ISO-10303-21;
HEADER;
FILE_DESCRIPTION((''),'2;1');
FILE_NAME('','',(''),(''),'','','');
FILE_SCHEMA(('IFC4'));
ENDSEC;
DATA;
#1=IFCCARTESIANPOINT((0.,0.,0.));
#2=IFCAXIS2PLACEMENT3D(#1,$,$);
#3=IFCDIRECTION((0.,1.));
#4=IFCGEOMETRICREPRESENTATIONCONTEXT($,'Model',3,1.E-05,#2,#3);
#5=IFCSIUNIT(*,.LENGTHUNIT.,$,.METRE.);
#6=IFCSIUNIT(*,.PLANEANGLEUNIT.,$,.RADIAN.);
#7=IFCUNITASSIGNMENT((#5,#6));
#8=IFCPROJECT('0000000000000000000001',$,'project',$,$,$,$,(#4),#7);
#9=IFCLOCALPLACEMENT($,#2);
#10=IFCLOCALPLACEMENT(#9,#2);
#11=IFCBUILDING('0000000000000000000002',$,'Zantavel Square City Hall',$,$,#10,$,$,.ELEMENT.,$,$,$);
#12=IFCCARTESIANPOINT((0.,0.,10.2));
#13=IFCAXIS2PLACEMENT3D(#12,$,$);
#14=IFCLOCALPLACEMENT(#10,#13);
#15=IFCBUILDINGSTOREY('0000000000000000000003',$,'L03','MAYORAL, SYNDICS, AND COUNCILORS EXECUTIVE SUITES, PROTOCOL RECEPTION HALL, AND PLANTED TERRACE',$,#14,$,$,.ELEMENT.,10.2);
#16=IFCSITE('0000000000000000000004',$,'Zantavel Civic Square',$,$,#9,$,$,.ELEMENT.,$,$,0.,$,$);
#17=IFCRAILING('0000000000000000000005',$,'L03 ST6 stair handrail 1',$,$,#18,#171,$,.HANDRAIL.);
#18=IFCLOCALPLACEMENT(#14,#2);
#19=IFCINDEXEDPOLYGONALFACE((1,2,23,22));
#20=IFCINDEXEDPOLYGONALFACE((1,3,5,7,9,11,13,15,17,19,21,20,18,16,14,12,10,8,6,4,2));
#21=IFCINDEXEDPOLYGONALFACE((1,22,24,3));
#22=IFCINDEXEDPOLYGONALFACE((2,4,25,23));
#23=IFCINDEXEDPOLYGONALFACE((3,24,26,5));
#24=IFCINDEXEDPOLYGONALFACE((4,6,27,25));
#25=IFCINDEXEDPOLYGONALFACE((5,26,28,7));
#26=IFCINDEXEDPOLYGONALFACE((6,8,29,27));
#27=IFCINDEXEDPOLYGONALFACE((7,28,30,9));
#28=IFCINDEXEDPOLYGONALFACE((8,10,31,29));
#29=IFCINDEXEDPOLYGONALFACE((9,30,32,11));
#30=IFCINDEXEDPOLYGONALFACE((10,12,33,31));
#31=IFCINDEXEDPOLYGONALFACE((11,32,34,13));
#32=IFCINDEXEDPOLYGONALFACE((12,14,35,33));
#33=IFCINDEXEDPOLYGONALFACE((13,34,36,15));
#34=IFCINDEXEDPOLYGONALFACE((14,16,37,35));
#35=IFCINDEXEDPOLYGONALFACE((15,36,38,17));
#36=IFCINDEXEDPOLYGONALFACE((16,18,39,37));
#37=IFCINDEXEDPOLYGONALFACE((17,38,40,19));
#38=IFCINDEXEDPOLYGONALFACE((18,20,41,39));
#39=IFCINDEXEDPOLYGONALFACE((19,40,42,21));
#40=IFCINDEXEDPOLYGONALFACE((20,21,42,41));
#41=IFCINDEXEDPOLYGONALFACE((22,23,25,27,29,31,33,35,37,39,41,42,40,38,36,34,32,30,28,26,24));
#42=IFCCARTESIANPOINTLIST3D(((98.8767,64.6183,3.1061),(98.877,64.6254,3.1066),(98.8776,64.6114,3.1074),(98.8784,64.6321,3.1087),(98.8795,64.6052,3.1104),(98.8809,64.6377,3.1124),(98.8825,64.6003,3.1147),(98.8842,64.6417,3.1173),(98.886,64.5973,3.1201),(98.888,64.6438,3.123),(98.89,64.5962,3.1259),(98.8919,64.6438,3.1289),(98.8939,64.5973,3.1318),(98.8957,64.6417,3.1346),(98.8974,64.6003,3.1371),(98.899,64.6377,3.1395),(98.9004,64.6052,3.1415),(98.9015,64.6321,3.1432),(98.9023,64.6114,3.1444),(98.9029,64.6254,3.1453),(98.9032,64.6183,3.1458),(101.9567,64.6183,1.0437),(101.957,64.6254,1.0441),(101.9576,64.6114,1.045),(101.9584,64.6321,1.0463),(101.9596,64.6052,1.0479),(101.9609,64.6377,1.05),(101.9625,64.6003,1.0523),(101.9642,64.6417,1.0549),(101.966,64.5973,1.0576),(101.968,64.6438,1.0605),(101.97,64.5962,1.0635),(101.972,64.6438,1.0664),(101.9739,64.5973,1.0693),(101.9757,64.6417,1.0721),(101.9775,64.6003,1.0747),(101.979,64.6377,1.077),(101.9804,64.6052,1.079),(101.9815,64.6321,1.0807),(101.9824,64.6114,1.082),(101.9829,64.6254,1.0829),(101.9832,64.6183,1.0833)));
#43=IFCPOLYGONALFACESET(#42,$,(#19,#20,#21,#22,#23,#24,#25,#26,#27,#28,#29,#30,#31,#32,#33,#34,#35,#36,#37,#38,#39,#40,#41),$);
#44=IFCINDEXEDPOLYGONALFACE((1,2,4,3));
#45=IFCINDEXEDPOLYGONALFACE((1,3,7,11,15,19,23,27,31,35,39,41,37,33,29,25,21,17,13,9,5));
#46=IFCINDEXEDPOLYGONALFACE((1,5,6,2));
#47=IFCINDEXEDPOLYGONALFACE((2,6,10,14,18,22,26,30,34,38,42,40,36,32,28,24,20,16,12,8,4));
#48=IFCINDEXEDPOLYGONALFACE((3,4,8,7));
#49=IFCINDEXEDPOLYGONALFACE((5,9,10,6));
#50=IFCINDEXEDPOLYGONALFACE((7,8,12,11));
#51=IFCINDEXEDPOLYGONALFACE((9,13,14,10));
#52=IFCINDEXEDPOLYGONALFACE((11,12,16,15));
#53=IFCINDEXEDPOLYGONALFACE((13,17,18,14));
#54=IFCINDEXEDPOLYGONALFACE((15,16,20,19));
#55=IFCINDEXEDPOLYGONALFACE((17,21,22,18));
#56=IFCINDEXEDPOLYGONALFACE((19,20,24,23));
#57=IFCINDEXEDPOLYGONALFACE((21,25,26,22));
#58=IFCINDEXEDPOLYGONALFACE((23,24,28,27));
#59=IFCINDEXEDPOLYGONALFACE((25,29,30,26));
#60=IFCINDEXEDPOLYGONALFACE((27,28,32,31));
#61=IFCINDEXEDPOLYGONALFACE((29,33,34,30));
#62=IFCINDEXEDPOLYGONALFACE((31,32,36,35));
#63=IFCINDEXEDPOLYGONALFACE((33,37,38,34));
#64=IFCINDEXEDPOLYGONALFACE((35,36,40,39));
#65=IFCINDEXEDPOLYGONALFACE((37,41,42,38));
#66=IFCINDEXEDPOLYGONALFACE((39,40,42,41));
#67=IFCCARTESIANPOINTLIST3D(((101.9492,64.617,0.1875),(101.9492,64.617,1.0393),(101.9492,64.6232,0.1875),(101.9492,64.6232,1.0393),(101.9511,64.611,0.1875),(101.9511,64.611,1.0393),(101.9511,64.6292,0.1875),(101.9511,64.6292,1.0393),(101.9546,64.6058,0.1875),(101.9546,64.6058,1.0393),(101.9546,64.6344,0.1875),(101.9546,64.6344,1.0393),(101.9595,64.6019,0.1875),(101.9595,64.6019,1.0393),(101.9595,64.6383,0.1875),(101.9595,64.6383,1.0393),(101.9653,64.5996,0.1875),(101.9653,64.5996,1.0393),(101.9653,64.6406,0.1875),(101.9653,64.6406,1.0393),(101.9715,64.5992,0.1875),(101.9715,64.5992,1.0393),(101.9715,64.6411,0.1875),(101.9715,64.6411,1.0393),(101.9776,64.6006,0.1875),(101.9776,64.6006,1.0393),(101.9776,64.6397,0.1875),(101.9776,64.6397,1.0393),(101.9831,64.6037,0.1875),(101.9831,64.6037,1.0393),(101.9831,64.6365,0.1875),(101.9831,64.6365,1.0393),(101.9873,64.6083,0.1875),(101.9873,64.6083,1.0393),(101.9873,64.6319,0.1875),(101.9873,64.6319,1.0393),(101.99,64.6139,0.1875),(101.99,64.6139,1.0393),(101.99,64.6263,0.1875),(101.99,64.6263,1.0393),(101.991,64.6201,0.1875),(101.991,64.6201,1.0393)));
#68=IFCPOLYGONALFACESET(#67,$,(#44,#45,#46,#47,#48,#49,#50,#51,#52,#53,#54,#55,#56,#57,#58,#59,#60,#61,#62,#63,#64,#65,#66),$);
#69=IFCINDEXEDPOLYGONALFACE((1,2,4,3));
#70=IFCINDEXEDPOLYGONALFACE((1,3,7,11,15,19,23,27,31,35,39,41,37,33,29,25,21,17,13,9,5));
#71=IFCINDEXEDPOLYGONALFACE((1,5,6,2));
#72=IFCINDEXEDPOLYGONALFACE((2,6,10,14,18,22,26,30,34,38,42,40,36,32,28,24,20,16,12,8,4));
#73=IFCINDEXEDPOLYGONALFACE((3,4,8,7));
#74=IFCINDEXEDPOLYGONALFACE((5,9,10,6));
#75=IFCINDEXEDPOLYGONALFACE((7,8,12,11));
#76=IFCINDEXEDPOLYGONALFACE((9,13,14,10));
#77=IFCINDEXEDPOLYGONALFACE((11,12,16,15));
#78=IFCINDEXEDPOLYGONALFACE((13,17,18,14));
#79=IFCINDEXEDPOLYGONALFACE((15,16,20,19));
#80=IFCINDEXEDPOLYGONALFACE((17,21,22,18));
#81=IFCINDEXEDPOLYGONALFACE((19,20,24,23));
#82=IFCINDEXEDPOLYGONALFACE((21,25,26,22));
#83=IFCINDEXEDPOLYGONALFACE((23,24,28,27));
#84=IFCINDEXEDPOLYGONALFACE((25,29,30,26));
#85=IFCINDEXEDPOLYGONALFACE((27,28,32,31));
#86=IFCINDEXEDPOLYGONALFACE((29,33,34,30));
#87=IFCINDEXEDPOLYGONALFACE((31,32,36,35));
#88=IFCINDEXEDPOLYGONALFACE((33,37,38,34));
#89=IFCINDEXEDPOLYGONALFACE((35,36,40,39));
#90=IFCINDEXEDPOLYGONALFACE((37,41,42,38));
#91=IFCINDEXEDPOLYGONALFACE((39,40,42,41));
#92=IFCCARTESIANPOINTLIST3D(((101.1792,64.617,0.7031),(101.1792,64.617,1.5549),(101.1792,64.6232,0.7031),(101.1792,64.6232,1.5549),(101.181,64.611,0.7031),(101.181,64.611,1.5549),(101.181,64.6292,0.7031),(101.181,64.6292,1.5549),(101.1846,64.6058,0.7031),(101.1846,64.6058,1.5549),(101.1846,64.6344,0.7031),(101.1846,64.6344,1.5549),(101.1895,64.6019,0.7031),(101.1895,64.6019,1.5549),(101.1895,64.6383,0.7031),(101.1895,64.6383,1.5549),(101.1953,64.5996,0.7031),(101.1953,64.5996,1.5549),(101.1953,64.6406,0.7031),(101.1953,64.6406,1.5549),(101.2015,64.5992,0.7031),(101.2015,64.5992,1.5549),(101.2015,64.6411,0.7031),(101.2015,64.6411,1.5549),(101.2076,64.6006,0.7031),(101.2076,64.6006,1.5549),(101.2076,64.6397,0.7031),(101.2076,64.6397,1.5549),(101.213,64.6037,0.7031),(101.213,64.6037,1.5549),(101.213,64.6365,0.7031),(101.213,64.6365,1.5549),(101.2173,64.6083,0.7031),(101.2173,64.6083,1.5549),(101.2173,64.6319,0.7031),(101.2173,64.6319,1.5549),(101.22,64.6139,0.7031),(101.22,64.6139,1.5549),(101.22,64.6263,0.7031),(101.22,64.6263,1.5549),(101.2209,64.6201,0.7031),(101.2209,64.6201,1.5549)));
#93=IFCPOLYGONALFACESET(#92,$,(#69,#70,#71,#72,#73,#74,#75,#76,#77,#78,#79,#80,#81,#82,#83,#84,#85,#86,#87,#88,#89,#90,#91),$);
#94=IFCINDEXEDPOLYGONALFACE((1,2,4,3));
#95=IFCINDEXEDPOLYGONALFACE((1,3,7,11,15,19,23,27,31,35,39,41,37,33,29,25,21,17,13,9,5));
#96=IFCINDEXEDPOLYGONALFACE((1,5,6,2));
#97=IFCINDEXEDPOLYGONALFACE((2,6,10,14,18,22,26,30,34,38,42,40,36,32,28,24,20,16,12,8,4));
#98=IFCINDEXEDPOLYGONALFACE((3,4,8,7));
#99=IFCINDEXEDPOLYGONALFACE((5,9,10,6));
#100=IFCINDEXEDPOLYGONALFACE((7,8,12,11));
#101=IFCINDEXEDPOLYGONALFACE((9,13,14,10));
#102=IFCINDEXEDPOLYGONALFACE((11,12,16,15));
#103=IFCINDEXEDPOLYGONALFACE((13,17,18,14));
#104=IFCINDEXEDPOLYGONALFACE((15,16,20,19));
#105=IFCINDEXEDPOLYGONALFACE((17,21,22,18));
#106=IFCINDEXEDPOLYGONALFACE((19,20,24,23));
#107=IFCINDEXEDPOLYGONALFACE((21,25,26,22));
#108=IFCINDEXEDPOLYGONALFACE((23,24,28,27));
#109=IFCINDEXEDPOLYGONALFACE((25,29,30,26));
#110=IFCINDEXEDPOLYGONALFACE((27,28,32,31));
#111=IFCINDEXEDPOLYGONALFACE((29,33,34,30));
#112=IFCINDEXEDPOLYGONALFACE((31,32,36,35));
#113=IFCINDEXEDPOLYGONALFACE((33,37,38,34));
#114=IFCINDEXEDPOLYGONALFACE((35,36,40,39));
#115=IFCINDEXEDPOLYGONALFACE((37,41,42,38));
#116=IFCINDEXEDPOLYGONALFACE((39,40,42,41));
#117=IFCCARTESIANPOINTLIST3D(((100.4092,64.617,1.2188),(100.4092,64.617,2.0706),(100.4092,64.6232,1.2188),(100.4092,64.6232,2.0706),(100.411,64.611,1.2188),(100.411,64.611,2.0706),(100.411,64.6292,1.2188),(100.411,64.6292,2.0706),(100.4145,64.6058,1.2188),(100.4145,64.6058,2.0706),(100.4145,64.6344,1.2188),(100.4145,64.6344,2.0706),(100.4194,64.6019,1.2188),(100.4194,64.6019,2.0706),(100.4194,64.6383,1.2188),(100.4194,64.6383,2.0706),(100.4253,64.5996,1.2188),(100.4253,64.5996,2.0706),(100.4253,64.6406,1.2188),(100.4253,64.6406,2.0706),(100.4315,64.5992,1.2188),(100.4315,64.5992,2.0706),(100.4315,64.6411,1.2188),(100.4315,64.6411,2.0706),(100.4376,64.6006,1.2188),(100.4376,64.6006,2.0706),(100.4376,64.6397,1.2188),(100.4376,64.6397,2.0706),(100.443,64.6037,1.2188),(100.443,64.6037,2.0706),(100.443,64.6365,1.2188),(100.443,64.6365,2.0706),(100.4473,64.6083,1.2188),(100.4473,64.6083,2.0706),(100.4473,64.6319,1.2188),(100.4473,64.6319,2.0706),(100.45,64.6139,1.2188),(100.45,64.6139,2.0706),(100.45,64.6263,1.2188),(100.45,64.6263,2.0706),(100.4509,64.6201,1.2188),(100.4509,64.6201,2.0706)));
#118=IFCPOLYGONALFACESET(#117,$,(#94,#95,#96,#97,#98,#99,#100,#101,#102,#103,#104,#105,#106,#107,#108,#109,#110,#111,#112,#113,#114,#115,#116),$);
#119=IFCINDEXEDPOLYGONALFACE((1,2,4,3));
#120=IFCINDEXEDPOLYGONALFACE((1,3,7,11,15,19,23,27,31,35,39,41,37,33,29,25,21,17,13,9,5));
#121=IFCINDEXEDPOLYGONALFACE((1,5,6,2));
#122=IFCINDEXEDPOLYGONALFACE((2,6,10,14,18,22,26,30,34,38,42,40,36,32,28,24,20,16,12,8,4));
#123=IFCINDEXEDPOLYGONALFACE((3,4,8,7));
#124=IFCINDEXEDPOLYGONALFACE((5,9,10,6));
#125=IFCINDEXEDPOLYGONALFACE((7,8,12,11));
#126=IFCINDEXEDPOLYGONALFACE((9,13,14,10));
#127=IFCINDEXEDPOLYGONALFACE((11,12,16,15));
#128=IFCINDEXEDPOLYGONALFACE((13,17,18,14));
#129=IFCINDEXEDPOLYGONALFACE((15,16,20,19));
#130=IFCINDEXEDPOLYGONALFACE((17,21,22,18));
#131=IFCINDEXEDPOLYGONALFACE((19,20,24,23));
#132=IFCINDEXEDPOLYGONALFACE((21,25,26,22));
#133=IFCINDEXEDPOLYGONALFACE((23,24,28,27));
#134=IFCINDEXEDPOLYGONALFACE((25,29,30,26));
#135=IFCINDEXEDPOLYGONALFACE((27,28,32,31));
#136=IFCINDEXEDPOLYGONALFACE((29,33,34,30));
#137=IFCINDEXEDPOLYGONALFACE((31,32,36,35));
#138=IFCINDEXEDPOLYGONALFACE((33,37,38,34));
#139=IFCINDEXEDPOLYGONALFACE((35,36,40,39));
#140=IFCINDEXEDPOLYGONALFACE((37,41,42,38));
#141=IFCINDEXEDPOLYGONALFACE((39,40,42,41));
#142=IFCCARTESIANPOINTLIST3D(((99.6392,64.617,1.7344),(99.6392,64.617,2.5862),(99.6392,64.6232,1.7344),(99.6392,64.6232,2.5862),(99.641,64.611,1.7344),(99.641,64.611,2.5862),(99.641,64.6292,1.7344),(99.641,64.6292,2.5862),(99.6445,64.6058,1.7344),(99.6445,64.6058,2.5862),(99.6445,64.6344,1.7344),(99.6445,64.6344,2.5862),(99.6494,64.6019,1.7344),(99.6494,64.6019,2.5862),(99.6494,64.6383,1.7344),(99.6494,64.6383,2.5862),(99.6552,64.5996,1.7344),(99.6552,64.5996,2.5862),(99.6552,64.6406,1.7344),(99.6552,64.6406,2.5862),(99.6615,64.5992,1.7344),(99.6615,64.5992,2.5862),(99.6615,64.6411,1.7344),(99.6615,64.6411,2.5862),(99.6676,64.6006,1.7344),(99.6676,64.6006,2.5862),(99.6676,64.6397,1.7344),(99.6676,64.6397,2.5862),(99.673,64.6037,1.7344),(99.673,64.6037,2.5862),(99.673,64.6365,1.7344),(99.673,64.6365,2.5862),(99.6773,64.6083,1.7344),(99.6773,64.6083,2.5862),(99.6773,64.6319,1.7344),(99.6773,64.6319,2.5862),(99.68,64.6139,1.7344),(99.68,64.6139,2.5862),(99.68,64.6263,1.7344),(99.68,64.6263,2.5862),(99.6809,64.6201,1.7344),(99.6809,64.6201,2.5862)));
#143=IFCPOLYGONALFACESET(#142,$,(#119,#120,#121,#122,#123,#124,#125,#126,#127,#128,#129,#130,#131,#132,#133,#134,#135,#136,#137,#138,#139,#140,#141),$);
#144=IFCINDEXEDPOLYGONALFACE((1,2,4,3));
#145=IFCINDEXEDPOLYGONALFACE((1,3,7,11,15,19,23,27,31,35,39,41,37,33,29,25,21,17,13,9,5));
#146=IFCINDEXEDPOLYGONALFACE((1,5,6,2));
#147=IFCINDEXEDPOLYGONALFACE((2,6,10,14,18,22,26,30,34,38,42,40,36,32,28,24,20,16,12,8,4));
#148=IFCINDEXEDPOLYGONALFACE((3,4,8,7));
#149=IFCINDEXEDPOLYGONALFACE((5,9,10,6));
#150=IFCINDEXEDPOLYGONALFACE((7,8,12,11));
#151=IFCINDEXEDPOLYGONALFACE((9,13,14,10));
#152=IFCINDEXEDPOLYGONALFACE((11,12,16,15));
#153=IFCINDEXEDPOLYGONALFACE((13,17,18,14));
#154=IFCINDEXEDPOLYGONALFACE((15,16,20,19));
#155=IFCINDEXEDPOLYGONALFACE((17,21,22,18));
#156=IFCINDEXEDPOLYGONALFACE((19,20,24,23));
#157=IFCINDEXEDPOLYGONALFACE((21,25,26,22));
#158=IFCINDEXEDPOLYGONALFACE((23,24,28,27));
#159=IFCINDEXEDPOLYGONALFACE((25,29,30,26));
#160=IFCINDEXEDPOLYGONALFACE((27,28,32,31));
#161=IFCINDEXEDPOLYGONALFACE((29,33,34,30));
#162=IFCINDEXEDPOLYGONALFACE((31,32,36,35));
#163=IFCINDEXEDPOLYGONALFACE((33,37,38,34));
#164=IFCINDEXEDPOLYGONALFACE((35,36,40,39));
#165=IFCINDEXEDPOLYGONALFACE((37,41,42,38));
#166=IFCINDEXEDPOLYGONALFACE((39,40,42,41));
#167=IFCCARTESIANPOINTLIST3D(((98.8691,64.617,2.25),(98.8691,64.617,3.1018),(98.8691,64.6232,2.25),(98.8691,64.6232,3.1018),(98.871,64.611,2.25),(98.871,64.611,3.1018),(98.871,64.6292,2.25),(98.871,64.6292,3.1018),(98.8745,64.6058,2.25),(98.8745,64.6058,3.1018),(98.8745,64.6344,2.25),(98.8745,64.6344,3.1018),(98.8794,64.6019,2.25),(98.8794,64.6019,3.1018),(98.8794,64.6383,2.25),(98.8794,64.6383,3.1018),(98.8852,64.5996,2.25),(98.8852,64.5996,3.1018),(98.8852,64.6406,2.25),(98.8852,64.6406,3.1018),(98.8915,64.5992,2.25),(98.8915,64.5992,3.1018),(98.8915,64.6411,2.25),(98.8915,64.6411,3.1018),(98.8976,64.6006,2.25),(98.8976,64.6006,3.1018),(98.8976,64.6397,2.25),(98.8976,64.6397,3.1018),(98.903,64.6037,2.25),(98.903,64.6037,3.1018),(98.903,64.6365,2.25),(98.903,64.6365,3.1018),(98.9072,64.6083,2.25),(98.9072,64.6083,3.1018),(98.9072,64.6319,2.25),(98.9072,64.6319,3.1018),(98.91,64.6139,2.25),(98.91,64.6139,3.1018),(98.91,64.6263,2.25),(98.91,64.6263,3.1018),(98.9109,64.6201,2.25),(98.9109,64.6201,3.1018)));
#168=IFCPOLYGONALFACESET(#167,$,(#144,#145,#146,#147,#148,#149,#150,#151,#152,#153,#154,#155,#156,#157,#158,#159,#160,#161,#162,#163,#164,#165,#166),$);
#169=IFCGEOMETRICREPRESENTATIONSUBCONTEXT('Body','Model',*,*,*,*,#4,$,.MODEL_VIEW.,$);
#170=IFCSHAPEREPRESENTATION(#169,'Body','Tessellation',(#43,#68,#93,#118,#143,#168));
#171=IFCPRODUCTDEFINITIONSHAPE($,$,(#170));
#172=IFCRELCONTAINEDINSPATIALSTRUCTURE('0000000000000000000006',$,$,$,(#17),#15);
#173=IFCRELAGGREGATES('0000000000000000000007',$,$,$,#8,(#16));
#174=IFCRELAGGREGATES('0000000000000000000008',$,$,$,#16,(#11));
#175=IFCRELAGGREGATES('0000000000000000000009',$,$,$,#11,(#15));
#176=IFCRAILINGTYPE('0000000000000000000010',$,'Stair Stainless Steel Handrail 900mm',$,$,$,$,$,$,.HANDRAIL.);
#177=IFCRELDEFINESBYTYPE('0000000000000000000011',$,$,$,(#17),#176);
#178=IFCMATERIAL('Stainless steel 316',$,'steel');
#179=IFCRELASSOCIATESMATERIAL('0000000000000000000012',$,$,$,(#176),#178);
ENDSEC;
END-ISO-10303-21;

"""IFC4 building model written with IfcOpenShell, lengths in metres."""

from ifc_helpers import new_model, si_unit, direction, frame, origin, origin_2d, place, context, subcontext, project, spatial, circle, extrude, material, type_object, element, save


model = new_model("IFC4")

# Units and contexts
model_context = context("Model", 3, precision=1e-05, world=origin(), true_north=direction((0.0, 1.0)))
body_context = subcontext(model_context, "Body", "Model", "MODEL_VIEW")
ifc_project = project(units=[si_unit("LENGTHUNIT", "METRE"), si_unit("PLANEANGLEUNIT", "RADIAN")], contexts=[model_context])

# Site, building, storey
site_placement = place(None, origin())
site = spatial("IfcSite", under=ifc_project, at=site_placement, Name="Zantavel Civic Square", CompositionType="ELEMENT", RefElevation=0.0)
building_placement = place(site_placement, origin())
building = spatial("IfcBuilding", under=site, at=building_placement, Name="Zantavel Square City Hall", CompositionType="ELEMENT")
storey_placement = place(building_placement, frame((0.0, 0.0, 10.2)))
storey = spatial("IfcBuildingStorey", under=building, at=storey_placement, Name="L03", Description="MAYORAL, SYNDICS, AND COUNCILORS EXECUTIVE SUITES, PROTOCOL RECEPTION HALL, AND PLANTED TERRACE", CompositionType="ELEMENT", Elevation=10.2)

# Railing
ifc_material_1 = material(Name="Stainless steel 316", Category="steel")
railing_type_1 = type_object("IfcRailingType", Name="Stair Stainless Steel Handrail 900mm", PredefinedType="HANDRAIL", material=ifc_material_1)
railing_1_placement = place(storey_placement, frame((101.97, 64.6201, 0.1875)))
element("IfcRailing", 1, at=railing_1_placement, inside=storey, type_object=railing_type_1, Name="L03 ST6 stair handrail 1", PredefinedType="HANDRAIL", context=body_context, shape_type="SweptSolid", body=[
    extrude(circle(Radius=0.0239, at=origin_2d()), frame((0.0, 0.0, 0.876), z_axis=(-0.830914, 0.0, 0.556401), x_axis=(0.0, -1.0, 0.0)), (0.0, 0.0, 1.0), 3.7068),
    extrude(circle(Radius=0.021, at=origin_2d()), origin(), (0.0, 0.0, 1.0), 0.8518),
    extrude(circle(Radius=0.021, at=origin_2d()), frame((-0.77, 0.0, 0.5156)), (0.0, 0.0, 1.0), 0.8518),
    extrude(circle(Radius=0.021, at=origin_2d()), frame((-1.54, 0.0, 1.0312)), (0.0, 0.0, 1.0), 0.8518),
    extrude(circle(Radius=0.021, at=origin_2d()), frame((-2.3101, 0.0, 1.5469)), (0.0, 0.0, 1.0), 0.8518),
    extrude(circle(Radius=0.021, at=origin_2d()), frame((-3.0801, 0.0, 2.0625)), (0.0, 0.0, 1.0), 0.8518),
])

save(model, "model.ifc")
